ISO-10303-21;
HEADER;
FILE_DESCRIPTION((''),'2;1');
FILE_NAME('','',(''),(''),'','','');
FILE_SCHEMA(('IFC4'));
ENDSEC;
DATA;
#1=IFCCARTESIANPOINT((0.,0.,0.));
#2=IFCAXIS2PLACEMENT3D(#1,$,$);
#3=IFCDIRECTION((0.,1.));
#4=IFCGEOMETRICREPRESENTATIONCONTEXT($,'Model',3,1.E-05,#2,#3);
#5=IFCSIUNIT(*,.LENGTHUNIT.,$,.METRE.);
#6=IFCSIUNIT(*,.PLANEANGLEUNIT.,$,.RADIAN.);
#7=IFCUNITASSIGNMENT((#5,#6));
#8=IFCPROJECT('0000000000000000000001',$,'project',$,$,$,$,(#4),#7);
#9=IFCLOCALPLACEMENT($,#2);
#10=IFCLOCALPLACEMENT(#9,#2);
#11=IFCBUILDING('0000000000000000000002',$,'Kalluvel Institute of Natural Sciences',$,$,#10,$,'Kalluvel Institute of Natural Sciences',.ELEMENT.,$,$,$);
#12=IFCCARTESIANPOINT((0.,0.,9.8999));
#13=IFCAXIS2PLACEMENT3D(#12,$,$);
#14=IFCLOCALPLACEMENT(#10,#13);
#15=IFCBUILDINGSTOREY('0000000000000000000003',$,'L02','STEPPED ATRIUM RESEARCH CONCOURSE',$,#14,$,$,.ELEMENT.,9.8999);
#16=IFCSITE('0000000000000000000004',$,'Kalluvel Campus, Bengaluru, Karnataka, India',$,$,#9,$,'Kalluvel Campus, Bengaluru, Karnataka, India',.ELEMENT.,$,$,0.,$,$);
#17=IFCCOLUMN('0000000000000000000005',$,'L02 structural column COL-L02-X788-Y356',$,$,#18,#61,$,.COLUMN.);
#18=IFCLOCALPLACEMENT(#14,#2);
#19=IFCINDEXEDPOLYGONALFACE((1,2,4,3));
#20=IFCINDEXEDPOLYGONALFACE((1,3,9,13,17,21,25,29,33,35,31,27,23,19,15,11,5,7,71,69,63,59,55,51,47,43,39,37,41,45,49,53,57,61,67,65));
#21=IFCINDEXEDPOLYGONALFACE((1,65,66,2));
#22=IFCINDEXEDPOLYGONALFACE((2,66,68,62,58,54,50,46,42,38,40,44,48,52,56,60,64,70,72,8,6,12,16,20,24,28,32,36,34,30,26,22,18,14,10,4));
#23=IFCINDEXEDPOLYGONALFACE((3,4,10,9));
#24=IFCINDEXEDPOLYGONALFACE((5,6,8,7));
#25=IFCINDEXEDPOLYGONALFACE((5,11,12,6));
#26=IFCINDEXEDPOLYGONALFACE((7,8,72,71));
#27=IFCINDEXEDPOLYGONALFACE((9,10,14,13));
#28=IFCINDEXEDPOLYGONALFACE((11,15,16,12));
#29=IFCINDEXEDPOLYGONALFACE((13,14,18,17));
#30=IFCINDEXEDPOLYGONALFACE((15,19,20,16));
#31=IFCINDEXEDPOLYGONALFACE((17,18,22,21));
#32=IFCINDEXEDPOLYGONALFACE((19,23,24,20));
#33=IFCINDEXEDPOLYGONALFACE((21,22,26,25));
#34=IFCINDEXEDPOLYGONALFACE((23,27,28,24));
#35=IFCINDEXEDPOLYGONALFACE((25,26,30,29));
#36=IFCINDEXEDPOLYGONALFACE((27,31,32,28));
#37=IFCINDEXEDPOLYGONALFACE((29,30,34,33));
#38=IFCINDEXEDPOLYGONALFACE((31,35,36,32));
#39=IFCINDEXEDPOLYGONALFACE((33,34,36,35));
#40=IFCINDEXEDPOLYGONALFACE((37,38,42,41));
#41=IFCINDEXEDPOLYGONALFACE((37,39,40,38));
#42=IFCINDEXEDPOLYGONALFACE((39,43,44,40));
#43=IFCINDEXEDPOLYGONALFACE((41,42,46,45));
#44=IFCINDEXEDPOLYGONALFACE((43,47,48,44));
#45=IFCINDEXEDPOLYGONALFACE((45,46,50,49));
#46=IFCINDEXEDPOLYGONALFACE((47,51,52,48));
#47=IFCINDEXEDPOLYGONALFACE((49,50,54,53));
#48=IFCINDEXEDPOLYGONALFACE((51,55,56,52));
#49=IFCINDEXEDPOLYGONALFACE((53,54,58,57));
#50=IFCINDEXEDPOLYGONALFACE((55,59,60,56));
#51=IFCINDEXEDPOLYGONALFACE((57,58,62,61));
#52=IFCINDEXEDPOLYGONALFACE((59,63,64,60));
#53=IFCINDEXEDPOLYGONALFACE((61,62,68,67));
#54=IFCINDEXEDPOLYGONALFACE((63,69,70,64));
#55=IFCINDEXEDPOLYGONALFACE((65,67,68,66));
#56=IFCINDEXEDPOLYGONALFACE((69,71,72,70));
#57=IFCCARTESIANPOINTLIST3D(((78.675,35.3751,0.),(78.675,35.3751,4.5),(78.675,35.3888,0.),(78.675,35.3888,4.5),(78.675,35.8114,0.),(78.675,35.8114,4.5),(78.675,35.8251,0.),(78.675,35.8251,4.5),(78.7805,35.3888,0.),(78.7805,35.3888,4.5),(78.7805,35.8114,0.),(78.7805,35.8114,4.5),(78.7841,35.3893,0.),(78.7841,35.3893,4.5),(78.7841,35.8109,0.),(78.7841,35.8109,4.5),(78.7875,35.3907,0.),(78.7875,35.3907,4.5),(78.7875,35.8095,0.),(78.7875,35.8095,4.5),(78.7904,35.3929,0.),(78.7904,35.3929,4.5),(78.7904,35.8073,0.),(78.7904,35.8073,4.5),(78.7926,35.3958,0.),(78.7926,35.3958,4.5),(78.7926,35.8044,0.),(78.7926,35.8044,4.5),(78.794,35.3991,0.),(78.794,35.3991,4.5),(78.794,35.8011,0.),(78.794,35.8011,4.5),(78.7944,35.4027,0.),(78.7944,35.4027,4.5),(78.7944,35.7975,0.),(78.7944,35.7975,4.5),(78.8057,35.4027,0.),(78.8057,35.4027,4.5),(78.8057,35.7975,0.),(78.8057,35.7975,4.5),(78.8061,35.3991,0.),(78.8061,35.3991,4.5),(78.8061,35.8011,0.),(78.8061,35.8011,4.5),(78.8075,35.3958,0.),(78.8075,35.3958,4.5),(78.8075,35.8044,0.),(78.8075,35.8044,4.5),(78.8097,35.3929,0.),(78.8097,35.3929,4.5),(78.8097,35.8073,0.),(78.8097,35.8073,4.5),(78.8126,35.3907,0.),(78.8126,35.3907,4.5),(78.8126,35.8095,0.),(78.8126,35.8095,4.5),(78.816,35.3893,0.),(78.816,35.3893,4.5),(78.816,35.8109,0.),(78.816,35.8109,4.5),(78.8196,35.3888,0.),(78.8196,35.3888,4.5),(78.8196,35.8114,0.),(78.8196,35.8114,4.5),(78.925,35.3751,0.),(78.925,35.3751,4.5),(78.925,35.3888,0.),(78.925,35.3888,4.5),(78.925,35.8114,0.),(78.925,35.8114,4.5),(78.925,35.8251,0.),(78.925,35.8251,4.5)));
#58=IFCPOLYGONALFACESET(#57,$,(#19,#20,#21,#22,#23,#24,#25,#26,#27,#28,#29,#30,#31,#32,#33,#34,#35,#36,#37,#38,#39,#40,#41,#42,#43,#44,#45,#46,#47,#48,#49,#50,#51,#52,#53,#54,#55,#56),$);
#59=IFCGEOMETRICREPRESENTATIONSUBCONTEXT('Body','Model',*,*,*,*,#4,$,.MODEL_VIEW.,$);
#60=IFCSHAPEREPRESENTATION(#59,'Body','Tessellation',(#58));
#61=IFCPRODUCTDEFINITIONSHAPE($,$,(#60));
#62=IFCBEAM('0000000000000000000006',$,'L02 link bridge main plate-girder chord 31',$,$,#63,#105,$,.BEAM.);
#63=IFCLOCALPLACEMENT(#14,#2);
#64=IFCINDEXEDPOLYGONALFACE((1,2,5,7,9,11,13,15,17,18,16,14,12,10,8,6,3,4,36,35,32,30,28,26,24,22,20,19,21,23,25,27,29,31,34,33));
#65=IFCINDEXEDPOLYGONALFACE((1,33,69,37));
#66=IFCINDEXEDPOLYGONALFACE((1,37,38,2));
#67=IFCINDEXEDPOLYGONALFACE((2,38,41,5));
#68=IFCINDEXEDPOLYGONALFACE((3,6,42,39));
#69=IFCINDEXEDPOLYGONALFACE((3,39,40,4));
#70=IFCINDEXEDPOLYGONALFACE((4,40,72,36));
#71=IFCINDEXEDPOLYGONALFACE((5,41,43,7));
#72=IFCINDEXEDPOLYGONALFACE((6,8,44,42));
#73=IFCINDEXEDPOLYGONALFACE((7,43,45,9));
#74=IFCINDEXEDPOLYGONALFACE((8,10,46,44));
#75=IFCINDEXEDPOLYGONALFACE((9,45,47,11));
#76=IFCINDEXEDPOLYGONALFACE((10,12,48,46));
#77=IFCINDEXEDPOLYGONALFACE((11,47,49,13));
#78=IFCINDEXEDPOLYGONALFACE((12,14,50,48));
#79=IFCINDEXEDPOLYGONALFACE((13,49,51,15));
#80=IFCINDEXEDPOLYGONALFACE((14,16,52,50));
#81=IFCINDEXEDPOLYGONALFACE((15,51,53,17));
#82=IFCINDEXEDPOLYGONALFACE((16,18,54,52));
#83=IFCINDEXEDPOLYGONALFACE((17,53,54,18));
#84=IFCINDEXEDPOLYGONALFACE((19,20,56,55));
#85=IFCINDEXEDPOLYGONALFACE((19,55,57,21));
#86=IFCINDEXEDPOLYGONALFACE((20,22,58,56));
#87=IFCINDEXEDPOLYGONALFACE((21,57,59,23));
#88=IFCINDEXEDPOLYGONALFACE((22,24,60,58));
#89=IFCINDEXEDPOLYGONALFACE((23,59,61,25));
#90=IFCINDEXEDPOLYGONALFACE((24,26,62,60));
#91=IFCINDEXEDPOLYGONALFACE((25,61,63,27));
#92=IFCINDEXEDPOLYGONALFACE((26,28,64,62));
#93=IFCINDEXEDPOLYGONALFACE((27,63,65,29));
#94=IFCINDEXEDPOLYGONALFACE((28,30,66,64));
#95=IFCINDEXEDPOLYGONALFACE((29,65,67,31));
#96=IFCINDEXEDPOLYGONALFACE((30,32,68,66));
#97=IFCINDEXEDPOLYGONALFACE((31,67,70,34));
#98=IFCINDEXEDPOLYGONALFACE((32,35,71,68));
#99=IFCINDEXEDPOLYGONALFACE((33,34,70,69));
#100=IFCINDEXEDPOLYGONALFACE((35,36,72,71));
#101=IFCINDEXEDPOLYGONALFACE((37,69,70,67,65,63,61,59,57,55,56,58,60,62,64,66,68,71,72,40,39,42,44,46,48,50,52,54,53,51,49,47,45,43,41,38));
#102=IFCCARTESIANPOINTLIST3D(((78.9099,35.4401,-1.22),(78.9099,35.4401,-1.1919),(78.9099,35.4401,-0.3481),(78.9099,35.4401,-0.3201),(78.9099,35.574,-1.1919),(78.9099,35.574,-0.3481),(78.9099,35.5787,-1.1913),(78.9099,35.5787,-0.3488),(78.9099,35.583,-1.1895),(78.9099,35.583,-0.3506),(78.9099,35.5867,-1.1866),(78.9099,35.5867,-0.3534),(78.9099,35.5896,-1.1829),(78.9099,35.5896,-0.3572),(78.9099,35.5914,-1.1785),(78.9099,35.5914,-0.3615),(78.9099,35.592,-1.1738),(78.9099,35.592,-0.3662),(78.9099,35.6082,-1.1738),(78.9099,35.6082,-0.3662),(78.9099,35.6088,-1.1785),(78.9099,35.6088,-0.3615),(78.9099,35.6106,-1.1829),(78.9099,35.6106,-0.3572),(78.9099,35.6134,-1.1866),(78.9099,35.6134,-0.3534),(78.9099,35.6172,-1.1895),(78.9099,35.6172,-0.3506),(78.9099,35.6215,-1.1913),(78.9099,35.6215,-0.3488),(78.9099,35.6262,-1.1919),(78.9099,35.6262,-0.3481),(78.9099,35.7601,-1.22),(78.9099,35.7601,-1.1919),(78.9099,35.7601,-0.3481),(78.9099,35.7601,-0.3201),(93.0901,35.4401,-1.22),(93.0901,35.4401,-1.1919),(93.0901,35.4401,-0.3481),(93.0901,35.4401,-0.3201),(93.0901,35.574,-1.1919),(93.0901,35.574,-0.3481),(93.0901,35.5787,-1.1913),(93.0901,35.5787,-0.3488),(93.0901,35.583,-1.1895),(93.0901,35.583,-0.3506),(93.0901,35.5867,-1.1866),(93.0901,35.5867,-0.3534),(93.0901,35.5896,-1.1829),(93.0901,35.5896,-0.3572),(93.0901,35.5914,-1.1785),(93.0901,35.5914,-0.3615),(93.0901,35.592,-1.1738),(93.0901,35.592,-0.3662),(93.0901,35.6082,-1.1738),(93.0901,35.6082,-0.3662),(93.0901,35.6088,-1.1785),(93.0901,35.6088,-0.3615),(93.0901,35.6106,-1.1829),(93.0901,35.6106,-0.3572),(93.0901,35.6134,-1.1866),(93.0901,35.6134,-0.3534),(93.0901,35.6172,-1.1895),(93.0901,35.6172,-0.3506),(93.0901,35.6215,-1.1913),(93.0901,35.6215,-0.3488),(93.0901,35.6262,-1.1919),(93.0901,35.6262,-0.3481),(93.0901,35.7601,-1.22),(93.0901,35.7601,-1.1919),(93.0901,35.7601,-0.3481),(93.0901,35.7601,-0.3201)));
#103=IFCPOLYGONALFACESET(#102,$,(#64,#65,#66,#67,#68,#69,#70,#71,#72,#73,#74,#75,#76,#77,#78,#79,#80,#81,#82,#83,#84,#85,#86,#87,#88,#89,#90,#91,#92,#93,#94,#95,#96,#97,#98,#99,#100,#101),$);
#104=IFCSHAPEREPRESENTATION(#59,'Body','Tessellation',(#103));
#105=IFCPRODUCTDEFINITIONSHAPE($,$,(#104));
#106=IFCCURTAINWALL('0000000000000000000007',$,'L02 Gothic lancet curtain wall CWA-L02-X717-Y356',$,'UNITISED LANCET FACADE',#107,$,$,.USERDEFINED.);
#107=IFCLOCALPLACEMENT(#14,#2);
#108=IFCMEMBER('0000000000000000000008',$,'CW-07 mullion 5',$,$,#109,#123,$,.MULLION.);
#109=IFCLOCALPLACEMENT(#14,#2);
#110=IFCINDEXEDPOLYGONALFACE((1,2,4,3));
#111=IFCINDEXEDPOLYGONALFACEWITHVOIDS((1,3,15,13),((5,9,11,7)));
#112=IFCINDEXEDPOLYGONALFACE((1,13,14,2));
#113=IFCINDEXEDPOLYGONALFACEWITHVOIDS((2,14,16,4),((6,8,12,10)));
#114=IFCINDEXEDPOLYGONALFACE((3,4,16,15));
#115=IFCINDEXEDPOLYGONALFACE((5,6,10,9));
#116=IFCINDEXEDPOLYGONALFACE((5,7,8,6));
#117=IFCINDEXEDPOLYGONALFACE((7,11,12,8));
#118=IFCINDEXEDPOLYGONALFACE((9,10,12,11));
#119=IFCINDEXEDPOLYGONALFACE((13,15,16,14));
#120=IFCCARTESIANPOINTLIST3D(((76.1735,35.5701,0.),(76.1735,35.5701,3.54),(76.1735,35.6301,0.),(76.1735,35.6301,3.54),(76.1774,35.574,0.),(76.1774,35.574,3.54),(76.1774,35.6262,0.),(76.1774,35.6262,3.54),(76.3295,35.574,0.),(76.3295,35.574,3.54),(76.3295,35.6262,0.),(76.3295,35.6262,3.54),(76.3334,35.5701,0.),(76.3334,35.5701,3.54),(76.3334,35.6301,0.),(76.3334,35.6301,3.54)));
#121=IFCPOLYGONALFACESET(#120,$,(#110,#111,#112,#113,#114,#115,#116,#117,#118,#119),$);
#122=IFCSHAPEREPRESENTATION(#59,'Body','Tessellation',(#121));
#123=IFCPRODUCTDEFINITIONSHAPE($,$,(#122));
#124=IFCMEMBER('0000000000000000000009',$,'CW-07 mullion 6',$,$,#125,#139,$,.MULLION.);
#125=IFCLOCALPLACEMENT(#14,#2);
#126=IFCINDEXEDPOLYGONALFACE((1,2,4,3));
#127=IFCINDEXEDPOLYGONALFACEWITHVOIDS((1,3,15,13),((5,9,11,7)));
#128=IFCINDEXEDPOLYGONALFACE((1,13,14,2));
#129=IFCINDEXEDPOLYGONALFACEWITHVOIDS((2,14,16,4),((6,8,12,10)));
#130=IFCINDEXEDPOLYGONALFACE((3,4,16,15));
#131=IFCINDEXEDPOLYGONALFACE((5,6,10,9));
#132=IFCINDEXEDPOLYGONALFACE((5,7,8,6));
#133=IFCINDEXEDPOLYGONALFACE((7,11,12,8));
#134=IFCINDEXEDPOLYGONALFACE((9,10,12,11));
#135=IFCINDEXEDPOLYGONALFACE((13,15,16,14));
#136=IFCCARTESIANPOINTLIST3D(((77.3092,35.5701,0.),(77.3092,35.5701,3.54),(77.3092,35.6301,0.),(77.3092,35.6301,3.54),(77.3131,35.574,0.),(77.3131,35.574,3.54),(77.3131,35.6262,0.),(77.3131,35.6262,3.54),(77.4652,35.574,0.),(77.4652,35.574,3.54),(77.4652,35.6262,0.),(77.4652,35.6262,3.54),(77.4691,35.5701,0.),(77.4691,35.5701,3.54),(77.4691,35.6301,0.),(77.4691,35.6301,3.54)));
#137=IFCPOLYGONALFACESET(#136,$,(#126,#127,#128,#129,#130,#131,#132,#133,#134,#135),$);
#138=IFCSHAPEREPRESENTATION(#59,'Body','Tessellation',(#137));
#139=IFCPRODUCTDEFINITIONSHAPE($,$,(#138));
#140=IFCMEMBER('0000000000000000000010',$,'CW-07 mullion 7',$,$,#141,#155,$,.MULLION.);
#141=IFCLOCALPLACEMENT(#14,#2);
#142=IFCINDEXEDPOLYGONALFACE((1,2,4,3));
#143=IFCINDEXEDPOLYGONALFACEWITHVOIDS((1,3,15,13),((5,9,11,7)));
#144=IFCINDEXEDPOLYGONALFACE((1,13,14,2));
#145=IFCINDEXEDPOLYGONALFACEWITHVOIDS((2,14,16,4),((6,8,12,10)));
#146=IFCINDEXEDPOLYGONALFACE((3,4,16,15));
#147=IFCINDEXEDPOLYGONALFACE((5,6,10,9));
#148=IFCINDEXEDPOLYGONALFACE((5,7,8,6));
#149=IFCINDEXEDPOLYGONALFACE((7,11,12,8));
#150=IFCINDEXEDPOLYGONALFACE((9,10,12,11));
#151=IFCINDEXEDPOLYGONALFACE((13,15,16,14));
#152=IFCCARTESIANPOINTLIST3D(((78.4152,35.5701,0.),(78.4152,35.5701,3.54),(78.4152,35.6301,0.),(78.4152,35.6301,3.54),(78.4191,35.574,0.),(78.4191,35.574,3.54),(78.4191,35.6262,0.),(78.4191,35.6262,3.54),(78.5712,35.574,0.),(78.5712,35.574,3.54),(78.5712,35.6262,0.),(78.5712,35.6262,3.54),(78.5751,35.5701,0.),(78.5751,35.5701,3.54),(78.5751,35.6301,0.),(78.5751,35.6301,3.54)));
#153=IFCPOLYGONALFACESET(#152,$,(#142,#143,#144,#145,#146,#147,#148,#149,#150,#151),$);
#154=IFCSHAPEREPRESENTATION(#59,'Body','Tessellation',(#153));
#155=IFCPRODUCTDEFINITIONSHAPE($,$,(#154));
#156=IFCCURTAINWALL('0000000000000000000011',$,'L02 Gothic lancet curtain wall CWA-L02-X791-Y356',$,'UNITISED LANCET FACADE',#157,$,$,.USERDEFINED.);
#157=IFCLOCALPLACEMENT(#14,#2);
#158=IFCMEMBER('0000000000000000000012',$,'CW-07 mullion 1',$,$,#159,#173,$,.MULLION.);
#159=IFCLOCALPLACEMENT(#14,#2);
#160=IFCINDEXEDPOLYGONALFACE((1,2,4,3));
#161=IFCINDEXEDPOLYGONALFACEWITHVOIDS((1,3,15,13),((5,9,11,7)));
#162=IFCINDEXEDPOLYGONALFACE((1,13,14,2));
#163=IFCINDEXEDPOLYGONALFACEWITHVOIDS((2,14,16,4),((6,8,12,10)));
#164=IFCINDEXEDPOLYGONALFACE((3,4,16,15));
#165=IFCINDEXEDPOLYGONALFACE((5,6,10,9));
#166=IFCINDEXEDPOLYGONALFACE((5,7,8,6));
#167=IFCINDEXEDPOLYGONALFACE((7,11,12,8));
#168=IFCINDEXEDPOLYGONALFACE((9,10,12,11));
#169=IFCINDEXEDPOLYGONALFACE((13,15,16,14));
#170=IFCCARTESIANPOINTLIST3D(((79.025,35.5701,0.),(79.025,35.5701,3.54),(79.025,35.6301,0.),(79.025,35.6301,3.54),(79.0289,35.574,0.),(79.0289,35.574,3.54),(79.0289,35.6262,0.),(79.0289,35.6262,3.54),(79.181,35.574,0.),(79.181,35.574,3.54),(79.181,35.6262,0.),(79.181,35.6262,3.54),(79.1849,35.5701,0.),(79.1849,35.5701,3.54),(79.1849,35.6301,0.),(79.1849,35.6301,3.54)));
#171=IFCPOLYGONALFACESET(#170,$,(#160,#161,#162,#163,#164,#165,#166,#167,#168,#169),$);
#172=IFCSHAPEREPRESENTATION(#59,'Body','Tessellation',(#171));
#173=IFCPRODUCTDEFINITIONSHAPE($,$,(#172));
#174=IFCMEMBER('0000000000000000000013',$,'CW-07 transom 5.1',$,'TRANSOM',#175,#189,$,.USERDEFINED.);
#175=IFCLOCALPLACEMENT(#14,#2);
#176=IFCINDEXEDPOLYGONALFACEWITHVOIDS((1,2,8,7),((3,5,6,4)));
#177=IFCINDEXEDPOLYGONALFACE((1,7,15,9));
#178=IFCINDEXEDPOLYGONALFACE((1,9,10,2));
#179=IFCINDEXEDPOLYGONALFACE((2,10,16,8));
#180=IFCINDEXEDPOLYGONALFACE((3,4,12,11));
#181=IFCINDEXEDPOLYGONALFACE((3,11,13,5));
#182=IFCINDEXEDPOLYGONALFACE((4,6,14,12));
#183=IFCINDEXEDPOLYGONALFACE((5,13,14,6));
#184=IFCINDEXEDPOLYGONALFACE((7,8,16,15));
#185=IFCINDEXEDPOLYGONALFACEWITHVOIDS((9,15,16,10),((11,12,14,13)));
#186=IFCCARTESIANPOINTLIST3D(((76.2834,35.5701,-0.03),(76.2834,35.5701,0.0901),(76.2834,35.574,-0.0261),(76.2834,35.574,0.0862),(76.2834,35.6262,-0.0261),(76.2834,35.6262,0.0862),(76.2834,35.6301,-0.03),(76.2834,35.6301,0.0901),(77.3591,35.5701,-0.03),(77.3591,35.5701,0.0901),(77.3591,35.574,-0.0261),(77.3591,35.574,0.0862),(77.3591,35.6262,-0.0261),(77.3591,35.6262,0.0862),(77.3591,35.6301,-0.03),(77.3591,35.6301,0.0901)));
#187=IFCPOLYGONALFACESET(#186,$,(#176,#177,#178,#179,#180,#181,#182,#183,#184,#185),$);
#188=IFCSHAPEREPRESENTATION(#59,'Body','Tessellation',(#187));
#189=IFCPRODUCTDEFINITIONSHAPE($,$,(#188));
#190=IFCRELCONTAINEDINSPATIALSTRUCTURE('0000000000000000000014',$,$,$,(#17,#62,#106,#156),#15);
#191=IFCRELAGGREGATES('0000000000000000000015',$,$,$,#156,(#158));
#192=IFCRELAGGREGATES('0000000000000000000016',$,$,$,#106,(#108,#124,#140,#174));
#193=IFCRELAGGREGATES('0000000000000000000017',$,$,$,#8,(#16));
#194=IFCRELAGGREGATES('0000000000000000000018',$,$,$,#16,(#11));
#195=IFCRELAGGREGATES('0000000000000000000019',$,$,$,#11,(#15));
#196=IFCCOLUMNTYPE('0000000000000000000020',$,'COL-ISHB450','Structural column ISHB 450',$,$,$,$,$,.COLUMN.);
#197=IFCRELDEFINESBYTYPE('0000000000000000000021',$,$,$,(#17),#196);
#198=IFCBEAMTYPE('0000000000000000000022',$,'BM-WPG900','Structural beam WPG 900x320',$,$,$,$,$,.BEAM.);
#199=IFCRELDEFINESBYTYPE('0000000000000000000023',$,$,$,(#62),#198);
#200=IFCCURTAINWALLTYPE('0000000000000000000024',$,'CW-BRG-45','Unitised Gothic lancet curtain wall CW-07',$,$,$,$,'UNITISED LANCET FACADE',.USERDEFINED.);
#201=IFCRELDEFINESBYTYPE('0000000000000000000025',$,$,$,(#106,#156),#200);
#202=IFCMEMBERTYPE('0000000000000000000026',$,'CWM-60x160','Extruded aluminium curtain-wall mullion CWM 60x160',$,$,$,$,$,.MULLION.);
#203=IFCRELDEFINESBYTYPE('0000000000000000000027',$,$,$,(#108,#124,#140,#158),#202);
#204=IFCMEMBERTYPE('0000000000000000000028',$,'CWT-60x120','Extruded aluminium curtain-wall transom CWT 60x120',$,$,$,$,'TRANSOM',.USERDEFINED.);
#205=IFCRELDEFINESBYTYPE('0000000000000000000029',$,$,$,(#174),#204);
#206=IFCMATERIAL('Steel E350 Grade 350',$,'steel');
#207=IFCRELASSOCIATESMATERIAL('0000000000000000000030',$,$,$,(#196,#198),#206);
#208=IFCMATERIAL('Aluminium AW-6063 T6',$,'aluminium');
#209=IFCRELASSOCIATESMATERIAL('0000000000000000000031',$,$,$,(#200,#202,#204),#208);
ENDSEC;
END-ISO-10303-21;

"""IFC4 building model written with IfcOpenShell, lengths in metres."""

from ifc_helpers import new_model, si_unit, direction, frame, origin, origin_2d, place, context, subcontext, project, spatial, hollow_rectangle, i_section, extrude, material, material_profile, profile_set, type_object, element, aggregate, save


model = new_model("IFC4")

# Units and contexts
model_context = context("Model", 3, precision=1e-05, world=origin(), true_north=direction((0.0, 1.0)))
body_context = subcontext(model_context, "Body", "Model", "MODEL_VIEW")
ifc_project = project(units=[si_unit("LENGTHUNIT", "METRE"), si_unit("PLANEANGLEUNIT", "RADIAN")], contexts=[model_context])

# Site, building, storey
site_placement = place(None, origin())
site = spatial("IfcSite", under=ifc_project, at=site_placement, Name="Kalluvel Campus, Bengaluru, Karnataka, India", LongName="Kalluvel Campus, Bengaluru, Karnataka, India", CompositionType="ELEMENT", RefElevation=0.0)
building_placement = place(site_placement, origin())
building = spatial("IfcBuilding", under=site, at=building_placement, Name="Kalluvel Institute of Natural Sciences", LongName="Kalluvel Institute of Natural Sciences", CompositionType="ELEMENT")
storey_placement = place(building_placement, frame((0.0, 0.0, 9.8999)))
storey = spatial("IfcBuildingStorey", under=building, at=storey_placement, Name="L02", Description="STEPPED ATRIUM RESEARCH CONCOURSE", CompositionType="ELEMENT", Elevation=9.8999)

# Column
ifc_material_1 = material(Name="Steel E350 Grade 350", Category="steel")
ifc_material_profile_1 = material_profile(ifc_material_1, i_section(OverallWidth=0.25, OverallDepth=0.45, WebThickness=0.0112, FlangeThickness=0.0137, FilletRadius=0.0139, at=origin_2d()), Name="ISHB 450")
ifc_profile_set_1 = profile_set([ifc_material_profile_1], Name="Steel E350 Grade 350")
column_type = type_object("IfcColumnType", Name="COL-ISHB450", Description="Structural column ISHB 450", PredefinedType="COLUMN", material=ifc_profile_set_1)
column_placement = place(storey_placement, frame((78.8, 35.6001, 0.0), z_axis=(0.0, 0.0, 1.0), x_axis=(1.0, 0.0, 0.0)))
element("IfcColumn", 1, at=column_placement, inside=storey, type_object=column_type, Name="L02 structural column COL-L02-X788-Y356", PredefinedType="COLUMN", context=body_context, shape_type="SweptSolid", body=[
    extrude(i_section(OverallWidth=0.25, OverallDepth=0.45, WebThickness=0.0112, FlangeThickness=0.0137, FilletRadius=0.0139, at=origin_2d()), origin(), (0.0, 0.0, 1.0), 4.5),
])

# Beam
ifc_material_profile_2 = material_profile(ifc_material_1, i_section(OverallWidth=0.3201, OverallDepth=0.8999, WebThickness=0.0161, FlangeThickness=0.0281, FilletRadius=0.0181, at=origin_2d()), Name="WPG 900x320")
ifc_profile_set_2 = profile_set([ifc_material_profile_2], Name="Steel E350 Grade 350")
beam_type = type_object("IfcBeamType", Name="BM-WPG900", Description="Structural beam WPG 900x320", PredefinedType="BEAM", material=ifc_profile_set_2)
beam_placement = place(storey_placement, frame((78.9099, 35.6001, -0.77), z_axis=(1.0, 0.0, 0.0), x_axis=(0.0, 1.0, 0.0)))
element("IfcBeam", 2, at=beam_placement, inside=storey, type_object=beam_type, Name="L02 link bridge main plate-girder chord 31", PredefinedType="BEAM", context=body_context, shape_type="SweptSolid", body=[
    extrude(i_section(OverallWidth=0.3201, OverallDepth=0.8999, WebThickness=0.0161, FlangeThickness=0.0281, FilletRadius=0.0181, at=origin_2d()), origin(), (0.0, 0.0, 1.0), 14.1802),
])

# Curtain wall, members
ifc_material_2 = material(Name="Aluminium AW-6063 T6", Category="aluminium")
curtain_wall_type = type_object("IfcCurtainWallType", Name="CW-BRG-45", Description="Unitised Gothic lancet curtain wall CW-07", ElementType="UNITISED LANCET FACADE", PredefinedType="USERDEFINED", material=ifc_material_2)
curtain_wall_1_placement = place(storey_placement, origin())
curtain_wall_1 = element("IfcCurtainWall", 3, at=curtain_wall_1_placement, inside=storey, type_object=curtain_wall_type, Name="L02 Gothic lancet curtain wall CWA-L02-X717-Y356", ObjectType="UNITISED LANCET FACADE", PredefinedType="USERDEFINED")
ifc_material_profile_3 = material_profile(ifc_material_2, hollow_rectangle(XDim=0.0601, YDim=0.1599, WallThickness=0.0039, at=origin_2d()), Name="CWM 60x160")
ifc_profile_set_3 = profile_set([ifc_material_profile_3], Name="Aluminium AW-6063 T6")
member_type_1 = type_object("IfcMemberType", Name="CWM-60x160", Description="Extruded aluminium curtain-wall mullion CWM 60x160", PredefinedType="MULLION", material=ifc_profile_set_3)
member_1_placement = place(storey_placement, frame((76.2534, 35.6001, 0.0), z_axis=(0.0, 0.0, 1.0), x_axis=(0.0, 1.0, 0.0)))
member_1 = element("IfcMember", 4, at=member_1_placement, type_object=member_type_1, Name="CW-07 mullion 5", PredefinedType="MULLION", context=body_context, shape_type="SweptSolid", body=[
    extrude(hollow_rectangle(XDim=0.0601, YDim=0.1599, WallThickness=0.0039, at=origin_2d()), origin(), (0.0, 0.0, 1.0), 3.54),
])
member_2_placement = place(storey_placement, frame((77.3892, 35.6001, 0.0), z_axis=(0.0, 0.0, 1.0), x_axis=(0.0, 1.0, 0.0)))
member_2 = element("IfcMember", 5, at=member_2_placement, type_object=member_type_1, Name="CW-07 mullion 6", PredefinedType="MULLION", context=body_context, shape_type="SweptSolid", body=[
    extrude(hollow_rectangle(XDim=0.0601, YDim=0.1599, WallThickness=0.0039, at=origin_2d()), origin(), (0.0, 0.0, 1.0), 3.54),
])
member_3_placement = place(storey_placement, frame((78.4951, 35.6001, 0.0), z_axis=(0.0, 0.0, 1.0), x_axis=(0.0, 1.0, 0.0)))
member_3 = element("IfcMember", 6, at=member_3_placement, type_object=member_type_1, Name="CW-07 mullion 7", PredefinedType="MULLION", context=body_context, shape_type="SweptSolid", body=[
    extrude(hollow_rectangle(XDim=0.0601, YDim=0.1599, WallThickness=0.0039, at=origin_2d()), origin(), (0.0, 0.0, 1.0), 3.54),
])

# Curtain wall, member
curtain_wall_2_placement = place(storey_placement, origin())
curtain_wall_2 = element("IfcCurtainWall", 7, at=curtain_wall_2_placement, inside=storey, type_object=curtain_wall_type, Name="L02 Gothic lancet curtain wall CWA-L02-X791-Y356", ObjectType="UNITISED LANCET FACADE", PredefinedType="USERDEFINED")
member_4_placement = place(storey_placement, frame((79.105, 35.6001, 0.0), z_axis=(0.0, 0.0, 1.0), x_axis=(0.0, 1.0, 0.0)))
member_4 = element("IfcMember", 8, at=member_4_placement, type_object=member_type_1, Name="CW-07 mullion 1", PredefinedType="MULLION", context=body_context, shape_type="SweptSolid", body=[
    extrude(hollow_rectangle(XDim=0.0601, YDim=0.1599, WallThickness=0.0039, at=origin_2d()), origin(), (0.0, 0.0, 1.0), 3.54),
])

# Member
ifc_material_profile_4 = material_profile(ifc_material_2, hollow_rectangle(XDim=0.0601, YDim=0.1201, WallThickness=0.0039, at=origin_2d()), Name="CWT 60x120")
ifc_profile_set_4 = profile_set([ifc_material_profile_4], Name="Aluminium AW-6063 T6")
member_type_2 = type_object("IfcMemberType", Name="CWT-60x120", Description="Extruded aluminium curtain-wall transom CWT 60x120", ElementType="TRANSOM", PredefinedType="USERDEFINED", material=ifc_profile_set_4)
member_5_placement = place(storey_placement, frame((76.2834, 35.6001, 0.03), z_axis=(1.0, 0.0, 0.0), x_axis=(0.0, 1.0, 0.0)))
member_5 = element("IfcMember", 9, at=member_5_placement, type_object=member_type_2, Name="CW-07 transom 5.1", ObjectType="TRANSOM", PredefinedType="USERDEFINED", context=body_context, shape_type="SweptSolid", body=[
    extrude(hollow_rectangle(XDim=0.0601, YDim=0.1201, WallThickness=0.0039, at=origin_2d()), origin(), (0.0, 0.0, 1.0), 1.0757),
])
aggregate(curtain_wall_2, [member_4])

aggregate(curtain_wall_1, [member_1, member_2, member_3, member_5])

save(model, "model.ifc")
